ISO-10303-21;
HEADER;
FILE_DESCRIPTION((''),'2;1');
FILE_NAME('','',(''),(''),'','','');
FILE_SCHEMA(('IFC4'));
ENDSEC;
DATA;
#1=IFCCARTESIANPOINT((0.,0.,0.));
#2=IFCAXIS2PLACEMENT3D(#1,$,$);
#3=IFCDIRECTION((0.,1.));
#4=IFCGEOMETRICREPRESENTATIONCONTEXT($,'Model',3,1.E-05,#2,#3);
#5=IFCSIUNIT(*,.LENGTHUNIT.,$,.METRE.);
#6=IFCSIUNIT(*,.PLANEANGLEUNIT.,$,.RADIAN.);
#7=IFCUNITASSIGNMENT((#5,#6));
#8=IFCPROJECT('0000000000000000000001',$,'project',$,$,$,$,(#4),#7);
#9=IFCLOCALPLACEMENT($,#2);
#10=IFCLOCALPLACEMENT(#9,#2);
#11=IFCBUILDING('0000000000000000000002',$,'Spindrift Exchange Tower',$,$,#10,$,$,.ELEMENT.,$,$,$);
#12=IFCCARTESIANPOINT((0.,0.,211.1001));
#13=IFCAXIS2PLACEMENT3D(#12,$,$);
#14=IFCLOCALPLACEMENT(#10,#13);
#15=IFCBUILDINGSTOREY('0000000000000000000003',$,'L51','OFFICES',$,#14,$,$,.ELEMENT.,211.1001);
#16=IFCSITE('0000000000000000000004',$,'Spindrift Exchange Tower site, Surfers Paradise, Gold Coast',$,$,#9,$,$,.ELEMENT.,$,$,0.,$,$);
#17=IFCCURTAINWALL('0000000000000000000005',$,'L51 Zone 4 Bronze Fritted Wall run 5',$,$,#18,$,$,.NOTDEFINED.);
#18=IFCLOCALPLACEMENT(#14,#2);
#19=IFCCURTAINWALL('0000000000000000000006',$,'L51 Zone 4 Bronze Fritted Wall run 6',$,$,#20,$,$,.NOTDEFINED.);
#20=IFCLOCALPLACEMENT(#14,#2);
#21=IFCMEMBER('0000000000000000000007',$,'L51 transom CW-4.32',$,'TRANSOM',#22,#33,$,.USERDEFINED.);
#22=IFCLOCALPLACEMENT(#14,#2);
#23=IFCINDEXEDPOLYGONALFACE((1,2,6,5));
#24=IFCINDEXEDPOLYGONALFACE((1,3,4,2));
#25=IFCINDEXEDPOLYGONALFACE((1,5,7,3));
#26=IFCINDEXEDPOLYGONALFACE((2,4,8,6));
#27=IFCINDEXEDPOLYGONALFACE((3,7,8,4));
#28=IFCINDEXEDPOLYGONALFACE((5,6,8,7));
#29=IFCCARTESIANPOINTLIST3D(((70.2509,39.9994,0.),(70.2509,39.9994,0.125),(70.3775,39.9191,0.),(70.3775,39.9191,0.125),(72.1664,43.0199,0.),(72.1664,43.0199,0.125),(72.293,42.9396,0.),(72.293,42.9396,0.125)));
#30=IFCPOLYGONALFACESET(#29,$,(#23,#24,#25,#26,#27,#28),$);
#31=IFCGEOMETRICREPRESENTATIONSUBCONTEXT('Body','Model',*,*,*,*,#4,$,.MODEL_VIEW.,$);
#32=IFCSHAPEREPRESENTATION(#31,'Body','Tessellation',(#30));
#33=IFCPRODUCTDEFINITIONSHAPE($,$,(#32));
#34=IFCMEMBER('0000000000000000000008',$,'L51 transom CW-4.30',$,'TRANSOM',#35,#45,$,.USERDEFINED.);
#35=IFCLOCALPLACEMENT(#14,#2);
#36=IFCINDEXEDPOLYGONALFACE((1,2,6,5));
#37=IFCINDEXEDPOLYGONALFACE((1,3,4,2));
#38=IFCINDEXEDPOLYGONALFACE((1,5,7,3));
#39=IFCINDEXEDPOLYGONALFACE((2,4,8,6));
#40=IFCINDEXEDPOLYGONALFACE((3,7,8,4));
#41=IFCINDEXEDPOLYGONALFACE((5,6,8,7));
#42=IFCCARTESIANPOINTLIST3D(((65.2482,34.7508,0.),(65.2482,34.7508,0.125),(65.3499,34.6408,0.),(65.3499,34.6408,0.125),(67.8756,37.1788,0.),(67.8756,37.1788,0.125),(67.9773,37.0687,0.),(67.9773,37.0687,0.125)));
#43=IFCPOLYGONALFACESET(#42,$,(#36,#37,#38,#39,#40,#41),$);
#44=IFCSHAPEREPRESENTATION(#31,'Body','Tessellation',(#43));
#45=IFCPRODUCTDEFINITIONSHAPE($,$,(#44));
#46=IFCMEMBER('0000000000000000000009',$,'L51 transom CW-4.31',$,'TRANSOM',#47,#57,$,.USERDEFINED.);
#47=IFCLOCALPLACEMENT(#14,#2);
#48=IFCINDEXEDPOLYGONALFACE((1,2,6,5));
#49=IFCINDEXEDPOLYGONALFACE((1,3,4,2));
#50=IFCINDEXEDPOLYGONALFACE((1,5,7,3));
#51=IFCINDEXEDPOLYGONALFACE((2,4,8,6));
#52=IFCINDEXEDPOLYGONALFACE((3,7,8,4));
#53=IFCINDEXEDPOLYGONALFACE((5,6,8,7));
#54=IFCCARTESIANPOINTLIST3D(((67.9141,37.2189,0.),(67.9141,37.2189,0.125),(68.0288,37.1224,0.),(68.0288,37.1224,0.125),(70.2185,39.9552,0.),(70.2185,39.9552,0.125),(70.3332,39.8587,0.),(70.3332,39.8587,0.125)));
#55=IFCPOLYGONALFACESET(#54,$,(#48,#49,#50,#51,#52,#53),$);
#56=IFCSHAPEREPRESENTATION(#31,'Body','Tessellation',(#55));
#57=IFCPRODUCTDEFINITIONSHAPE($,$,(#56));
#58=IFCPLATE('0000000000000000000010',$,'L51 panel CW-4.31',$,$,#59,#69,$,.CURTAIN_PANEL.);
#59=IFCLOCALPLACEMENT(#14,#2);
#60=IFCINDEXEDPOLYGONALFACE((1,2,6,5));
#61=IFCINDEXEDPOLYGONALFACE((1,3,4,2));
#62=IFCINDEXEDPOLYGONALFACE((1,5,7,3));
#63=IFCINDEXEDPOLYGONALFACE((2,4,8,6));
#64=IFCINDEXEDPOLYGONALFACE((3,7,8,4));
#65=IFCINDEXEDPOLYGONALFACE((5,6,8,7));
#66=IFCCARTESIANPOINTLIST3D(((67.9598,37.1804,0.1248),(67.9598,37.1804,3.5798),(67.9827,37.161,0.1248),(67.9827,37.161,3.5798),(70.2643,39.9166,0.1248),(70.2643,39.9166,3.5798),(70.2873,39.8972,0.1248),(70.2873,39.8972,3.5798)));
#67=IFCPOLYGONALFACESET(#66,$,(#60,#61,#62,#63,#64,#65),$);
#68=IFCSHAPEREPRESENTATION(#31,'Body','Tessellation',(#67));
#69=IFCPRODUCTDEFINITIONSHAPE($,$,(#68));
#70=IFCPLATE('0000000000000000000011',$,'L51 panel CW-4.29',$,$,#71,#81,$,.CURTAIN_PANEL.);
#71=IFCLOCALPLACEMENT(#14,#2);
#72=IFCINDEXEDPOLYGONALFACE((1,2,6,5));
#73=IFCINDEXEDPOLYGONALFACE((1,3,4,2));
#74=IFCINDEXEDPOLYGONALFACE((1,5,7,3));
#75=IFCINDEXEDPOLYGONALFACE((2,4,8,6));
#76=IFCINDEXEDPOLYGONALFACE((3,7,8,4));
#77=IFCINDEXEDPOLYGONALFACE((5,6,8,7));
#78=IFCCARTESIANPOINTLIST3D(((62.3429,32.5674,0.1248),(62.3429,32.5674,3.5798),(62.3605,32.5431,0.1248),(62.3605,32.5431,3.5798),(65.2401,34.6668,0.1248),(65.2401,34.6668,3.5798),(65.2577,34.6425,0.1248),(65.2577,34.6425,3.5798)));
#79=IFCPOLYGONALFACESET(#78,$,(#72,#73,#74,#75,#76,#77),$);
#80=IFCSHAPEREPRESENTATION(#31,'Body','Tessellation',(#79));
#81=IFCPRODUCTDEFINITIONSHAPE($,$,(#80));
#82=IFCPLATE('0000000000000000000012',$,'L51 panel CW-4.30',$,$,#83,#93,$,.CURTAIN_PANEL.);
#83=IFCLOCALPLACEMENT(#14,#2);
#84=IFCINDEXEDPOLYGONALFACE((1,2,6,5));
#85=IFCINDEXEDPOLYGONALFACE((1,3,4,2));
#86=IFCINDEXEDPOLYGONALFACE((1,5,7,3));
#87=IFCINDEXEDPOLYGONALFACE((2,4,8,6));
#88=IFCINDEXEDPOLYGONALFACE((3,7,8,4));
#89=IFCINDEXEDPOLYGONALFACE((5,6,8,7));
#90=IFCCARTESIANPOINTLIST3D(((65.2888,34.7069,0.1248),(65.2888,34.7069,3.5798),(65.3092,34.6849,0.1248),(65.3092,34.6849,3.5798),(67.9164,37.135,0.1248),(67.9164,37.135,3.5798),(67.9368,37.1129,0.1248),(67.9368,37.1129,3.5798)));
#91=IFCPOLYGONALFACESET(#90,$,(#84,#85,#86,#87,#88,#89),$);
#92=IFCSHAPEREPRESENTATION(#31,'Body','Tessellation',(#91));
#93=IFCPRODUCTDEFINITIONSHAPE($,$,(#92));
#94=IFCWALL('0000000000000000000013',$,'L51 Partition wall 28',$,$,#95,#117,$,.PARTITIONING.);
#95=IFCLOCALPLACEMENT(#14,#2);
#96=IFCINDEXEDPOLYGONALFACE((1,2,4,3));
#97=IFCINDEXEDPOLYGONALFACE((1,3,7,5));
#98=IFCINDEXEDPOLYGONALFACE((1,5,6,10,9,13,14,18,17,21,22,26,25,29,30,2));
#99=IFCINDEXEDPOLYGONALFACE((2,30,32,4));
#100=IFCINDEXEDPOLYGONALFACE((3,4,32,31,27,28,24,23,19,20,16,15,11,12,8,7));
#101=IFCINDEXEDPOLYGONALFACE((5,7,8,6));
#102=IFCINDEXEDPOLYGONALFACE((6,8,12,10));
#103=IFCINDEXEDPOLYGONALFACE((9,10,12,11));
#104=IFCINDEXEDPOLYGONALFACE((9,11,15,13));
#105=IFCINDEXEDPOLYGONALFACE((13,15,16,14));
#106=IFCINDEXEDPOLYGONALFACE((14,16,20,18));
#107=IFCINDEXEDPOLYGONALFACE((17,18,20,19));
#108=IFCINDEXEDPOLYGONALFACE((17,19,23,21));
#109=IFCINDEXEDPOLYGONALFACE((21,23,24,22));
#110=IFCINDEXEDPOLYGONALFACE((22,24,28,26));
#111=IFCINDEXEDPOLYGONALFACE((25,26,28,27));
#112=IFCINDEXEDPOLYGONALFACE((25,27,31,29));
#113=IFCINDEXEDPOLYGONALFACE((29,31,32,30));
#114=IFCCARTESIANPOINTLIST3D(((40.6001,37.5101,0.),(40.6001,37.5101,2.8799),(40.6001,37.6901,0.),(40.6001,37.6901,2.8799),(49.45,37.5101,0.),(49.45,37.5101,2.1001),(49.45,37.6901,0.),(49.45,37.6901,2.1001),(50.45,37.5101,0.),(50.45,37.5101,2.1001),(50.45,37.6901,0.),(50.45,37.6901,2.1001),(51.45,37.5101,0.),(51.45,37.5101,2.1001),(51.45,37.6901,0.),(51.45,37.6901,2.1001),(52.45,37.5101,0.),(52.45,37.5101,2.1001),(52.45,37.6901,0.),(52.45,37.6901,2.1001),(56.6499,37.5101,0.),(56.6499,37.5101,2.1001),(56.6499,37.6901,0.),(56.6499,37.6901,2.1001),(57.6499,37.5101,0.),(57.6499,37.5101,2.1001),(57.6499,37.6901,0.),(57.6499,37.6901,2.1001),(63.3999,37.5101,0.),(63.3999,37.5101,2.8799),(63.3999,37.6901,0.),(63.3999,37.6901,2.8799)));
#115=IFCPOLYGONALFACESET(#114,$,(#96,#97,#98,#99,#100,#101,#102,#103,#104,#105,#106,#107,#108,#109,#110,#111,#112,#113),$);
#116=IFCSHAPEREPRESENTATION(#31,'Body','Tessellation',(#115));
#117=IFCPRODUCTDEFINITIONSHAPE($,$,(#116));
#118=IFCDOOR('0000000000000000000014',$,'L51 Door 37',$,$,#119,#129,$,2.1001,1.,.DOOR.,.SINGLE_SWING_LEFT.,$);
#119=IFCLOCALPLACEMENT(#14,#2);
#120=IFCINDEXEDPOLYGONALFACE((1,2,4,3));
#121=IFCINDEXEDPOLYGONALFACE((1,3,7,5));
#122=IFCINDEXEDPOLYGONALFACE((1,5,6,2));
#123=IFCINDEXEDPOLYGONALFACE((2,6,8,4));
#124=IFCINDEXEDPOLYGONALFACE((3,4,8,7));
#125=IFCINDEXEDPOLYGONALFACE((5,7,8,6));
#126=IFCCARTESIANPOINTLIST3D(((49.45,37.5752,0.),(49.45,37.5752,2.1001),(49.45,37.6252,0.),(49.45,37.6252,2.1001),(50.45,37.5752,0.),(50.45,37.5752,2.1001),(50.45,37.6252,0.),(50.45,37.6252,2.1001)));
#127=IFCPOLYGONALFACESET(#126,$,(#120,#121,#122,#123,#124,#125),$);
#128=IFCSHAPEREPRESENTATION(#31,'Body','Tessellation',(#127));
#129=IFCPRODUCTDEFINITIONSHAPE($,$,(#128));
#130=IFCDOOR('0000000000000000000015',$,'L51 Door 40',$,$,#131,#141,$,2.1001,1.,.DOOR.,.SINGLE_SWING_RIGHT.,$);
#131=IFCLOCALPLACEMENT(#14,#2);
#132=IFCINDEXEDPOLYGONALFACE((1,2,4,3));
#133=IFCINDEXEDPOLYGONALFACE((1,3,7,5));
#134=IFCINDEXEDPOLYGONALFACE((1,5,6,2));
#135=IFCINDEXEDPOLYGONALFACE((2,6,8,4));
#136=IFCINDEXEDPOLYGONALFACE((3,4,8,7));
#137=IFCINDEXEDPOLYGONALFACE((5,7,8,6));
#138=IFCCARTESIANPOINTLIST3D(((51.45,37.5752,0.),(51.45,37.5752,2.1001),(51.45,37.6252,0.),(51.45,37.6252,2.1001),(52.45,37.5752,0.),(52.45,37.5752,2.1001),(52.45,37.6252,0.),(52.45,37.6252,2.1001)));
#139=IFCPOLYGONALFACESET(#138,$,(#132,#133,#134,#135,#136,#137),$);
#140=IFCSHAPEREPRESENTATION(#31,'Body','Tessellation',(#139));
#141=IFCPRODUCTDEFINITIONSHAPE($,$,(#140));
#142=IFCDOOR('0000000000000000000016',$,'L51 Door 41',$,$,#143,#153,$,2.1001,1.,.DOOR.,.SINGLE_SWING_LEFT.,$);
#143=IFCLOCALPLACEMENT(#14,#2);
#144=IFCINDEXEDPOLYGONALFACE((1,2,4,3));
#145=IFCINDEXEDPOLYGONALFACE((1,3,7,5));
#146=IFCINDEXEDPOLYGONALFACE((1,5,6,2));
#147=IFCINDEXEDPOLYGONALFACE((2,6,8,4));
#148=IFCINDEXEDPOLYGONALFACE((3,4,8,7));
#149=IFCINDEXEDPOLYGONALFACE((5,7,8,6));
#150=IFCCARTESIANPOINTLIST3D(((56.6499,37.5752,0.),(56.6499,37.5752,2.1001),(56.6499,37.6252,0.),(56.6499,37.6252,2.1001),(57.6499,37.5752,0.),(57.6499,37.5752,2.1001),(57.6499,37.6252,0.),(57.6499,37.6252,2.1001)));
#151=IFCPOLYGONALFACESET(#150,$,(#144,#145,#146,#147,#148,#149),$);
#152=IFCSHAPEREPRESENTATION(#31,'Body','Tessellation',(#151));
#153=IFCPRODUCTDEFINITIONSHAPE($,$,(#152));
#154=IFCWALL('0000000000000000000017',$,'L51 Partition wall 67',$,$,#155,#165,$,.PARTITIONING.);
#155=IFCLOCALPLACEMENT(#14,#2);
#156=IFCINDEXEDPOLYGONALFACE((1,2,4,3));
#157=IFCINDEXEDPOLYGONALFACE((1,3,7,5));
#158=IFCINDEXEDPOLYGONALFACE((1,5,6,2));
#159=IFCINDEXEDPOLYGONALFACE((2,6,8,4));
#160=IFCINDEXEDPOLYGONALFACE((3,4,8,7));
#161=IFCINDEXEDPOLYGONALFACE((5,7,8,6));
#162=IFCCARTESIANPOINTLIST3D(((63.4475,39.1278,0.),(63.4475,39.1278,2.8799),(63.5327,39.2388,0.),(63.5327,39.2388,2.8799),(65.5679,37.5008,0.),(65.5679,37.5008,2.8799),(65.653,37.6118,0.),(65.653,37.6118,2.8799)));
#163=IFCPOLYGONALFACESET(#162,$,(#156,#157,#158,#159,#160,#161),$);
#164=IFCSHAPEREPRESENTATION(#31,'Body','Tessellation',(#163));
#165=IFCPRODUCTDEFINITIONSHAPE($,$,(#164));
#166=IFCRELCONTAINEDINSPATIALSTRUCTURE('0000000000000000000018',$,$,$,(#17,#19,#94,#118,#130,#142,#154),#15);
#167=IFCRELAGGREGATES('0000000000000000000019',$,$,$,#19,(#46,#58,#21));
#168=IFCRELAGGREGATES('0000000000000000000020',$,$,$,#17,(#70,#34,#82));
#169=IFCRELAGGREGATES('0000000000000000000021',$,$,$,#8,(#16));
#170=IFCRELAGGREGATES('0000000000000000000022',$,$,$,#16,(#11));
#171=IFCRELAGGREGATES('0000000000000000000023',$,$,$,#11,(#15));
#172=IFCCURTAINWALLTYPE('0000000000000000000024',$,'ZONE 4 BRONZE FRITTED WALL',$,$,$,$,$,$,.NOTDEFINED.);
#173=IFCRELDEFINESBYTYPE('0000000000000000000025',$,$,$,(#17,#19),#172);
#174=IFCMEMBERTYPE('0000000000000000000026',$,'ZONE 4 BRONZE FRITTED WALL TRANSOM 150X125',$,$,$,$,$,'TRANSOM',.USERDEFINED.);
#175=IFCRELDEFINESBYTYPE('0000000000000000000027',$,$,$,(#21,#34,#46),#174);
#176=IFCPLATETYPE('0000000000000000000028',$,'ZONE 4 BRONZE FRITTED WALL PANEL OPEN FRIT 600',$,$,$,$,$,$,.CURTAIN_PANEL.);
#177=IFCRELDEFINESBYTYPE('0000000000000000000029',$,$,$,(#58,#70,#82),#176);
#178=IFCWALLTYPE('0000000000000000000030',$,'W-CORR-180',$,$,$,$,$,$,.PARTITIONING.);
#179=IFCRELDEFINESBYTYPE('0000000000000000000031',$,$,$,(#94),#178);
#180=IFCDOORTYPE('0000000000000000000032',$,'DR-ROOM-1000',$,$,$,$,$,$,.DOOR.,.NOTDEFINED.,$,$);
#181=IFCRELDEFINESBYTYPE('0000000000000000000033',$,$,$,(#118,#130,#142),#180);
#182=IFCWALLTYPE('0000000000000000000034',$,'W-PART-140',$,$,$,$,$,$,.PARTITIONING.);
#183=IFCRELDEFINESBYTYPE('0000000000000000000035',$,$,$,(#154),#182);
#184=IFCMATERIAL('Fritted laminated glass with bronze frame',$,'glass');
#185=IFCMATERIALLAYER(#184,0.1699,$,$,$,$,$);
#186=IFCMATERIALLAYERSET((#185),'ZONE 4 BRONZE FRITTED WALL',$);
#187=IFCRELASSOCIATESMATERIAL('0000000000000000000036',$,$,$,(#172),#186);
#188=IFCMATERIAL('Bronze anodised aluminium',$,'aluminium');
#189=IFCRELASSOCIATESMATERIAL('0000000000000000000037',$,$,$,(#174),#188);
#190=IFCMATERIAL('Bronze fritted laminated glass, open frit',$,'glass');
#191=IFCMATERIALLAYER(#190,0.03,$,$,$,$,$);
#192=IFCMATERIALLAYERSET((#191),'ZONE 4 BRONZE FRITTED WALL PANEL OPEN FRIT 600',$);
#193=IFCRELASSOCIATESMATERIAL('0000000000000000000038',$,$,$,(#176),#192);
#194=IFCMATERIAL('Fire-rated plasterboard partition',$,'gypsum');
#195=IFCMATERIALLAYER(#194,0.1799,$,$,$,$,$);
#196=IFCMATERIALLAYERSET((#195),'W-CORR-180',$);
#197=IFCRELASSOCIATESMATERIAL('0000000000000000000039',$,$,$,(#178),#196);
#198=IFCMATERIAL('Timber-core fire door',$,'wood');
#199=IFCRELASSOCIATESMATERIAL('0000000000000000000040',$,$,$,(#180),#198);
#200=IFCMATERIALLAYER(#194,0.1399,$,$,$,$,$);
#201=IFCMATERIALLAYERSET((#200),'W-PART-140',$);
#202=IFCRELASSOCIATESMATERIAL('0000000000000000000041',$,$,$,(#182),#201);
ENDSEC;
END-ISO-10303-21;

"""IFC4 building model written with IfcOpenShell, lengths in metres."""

from ifc_helpers import new_model, si_unit, direction, frame, frame_2d, origin, origin_2d, place, context, subcontext, project, spatial, rectangle, extrude, source, transform, mapped, material, layer, layer_set, material_profile, profile_set, type_object, element, fill, aggregate, save


model = new_model("IFC4")

# Units and contexts
model_context = context("Model", 3, precision=1e-05, world=origin(), true_north=direction((0.0, 1.0)))
body_context = subcontext(model_context, "Body", "Model", "MODEL_VIEW")
ifc_project = project(units=[si_unit("LENGTHUNIT", "METRE"), si_unit("PLANEANGLEUNIT", "RADIAN")], contexts=[model_context])

# Site, building, storey
site_placement = place(None, origin())
site = spatial("IfcSite", under=ifc_project, at=site_placement, Name="Spindrift Exchange Tower site, Surfers Paradise, Gold Coast", CompositionType="ELEMENT", RefElevation=0.0)
building_placement = place(site_placement, origin())
building = spatial("IfcBuilding", under=site, at=building_placement, Name="Spindrift Exchange Tower", CompositionType="ELEMENT")
storey_placement = place(building_placement, frame((0.0, 0.0, 211.1001)))
storey = spatial("IfcBuildingStorey", under=building, at=storey_placement, Name="L51", Description="OFFICES", CompositionType="ELEMENT", Elevation=211.1001)

# Curtain wall
ifc_material_1 = material(Name="Fritted laminated glass with bronze frame", Category="glass")
ifc_layer_1 = layer(ifc_material_1, 0.1699)
ifc_layer_set_1 = layer_set([ifc_layer_1], Name="ZONE 4 BRONZE FRITTED WALL")
curtain_wall_type = type_object("IfcCurtainWallType", Name="ZONE 4 BRONZE FRITTED WALL", PredefinedType="NOTDEFINED", material=ifc_layer_set_1)
curtain_wall_1_placement = place(storey_placement, origin())
curtain_wall_1 = element("IfcCurtainWall", 1, at=curtain_wall_1_placement, inside=storey, type_object=curtain_wall_type, Name="L51 Zone 4 Bronze Fritted Wall run 5", PredefinedType="NOTDEFINED")
ifc_material_2 = material(Name="Bronze anodised aluminium", Category="aluminium")

# Curtain wall, member
curtain_wall_2_placement = place(storey_placement, origin())
curtain_wall_2 = element("IfcCurtainWall", 2, at=curtain_wall_2_placement, inside=storey, type_object=curtain_wall_type, Name="L51 Zone 4 Bronze Fritted Wall run 6", PredefinedType="NOTDEFINED")
ifc_material_profile_1 = material_profile(ifc_material_2, rectangle(XDim=0.1499, YDim=0.125, at=origin_2d()), Name="ZONE 4 BRONZE FRITTED WALL TRANSOM 150X125")
ifc_profile_set_1 = profile_set([ifc_material_profile_1], Name="Bronze anodised aluminium")
member_type_1 = type_object("IfcMemberType", Name="ZONE 4 BRONZE FRITTED WALL TRANSOM 150X125", ElementType="TRANSOM", PredefinedType="USERDEFINED", material=ifc_profile_set_1)
shared_shape_1 = source(origin(), body_context, "Body", "SweptSolid", [
    extrude(rectangle(XDim=0.1499, YDim=0.125, at=origin_2d()), origin(), (0.0, 0.0, 1.0), 3.5767),
])
member_1_placement = place(storey_placement, frame((70.3142, 39.9592, 0.0625), z_axis=(0.535559, 0.844498, 0.0), x_axis=(-0.844498, 0.535559, 0.0)))
member_1 = element("IfcMember", 3, at=member_1_placement, type_object=member_type_1, Name="L51 transom CW-4.32", ObjectType="TRANSOM", PredefinedType="USERDEFINED", context=body_context, shape_type="MappedRepresentation", body=[
    mapped(shared_shape_1, transform((0.0, 0.0, 0.0), scale=1.0)),
])

# Members
shared_shape_2 = source(origin(), body_context, "Body", "SweptSolid", [
    extrude(rectangle(XDim=0.1499, YDim=0.125, at=origin_2d()), origin(), (0.0, 0.0, 1.0), 3.5774),
])
member_2_placement = place(storey_placement, frame((65.2991, 34.6958, 0.0625), z_axis=(0.734434, 0.67868, 0.0), x_axis=(-0.67868, 0.734434, 0.0)))
member_2 = element("IfcMember", 4, at=member_2_placement, type_object=member_type_1, Name="L51 transom CW-4.30", ObjectType="TRANSOM", PredefinedType="USERDEFINED", context=body_context, shape_type="MappedRepresentation", body=[
    mapped(shared_shape_2, transform((0.0, 0.0, 0.0), scale=1.0)),
])
member_3_placement = place(storey_placement, frame((67.9714, 37.1707, 0.0625), z_axis=(0.644163, 0.764888, 0.0), x_axis=(-0.764888, 0.644163, 0.0)))
member_3 = element("IfcMember", 5, at=member_3_placement, type_object=member_type_1, Name="L51 transom CW-4.31", ObjectType="TRANSOM", PredefinedType="USERDEFINED", context=body_context, shape_type="MappedRepresentation", body=[
    mapped(shared_shape_2, transform((0.0, 0.0, 0.0), scale=1.0)),
])

# Plates
ifc_material_3 = material(Name="Bronze fritted laminated glass, open frit", Category="glass")
ifc_layer_2 = layer(ifc_material_3, 0.03)
ifc_layer_set_2 = layer_set([ifc_layer_2], Name="ZONE 4 BRONZE FRITTED WALL PANEL OPEN FRIT 600")
plate_type = type_object("IfcPlateType", Name="ZONE 4 BRONZE FRITTED WALL PANEL OPEN FRIT 600", PredefinedType="CURTAIN_PANEL", material=ifc_layer_set_2)
shared_shape_3 = source(origin(), body_context, "Body", "SweptSolid", [
    extrude(rectangle(XDim=3.5774, YDim=0.03, at=origin_2d()), origin(), (0.0, 0.0, 1.0), 3.4551),
])
plate_1_placement = place(storey_placement, frame((69.1235, 38.5388, 0.1248), z_axis=(0.0, 0.0, 1.0), x_axis=(0.644197, 0.76486, 0.0)))
plate_1 = element("IfcPlate", 6, at=plate_1_placement, type_object=plate_type, Name="L51 panel CW-4.31", PredefinedType="CURTAIN_PANEL", context=body_context, shape_type="MappedRepresentation", body=[
    mapped(shared_shape_3, transform((0.0, 0.0, 0.0), scale=1.0)),
])
aggregate(curtain_wall_2, [member_3, plate_1, member_1])
shared_shape_4 = source(origin(), body_context, "Body", "SweptSolid", [
    extrude(rectangle(XDim=3.5779, YDim=0.03, at=origin_2d()), origin(), (0.0, 0.0, 1.0), 3.4551),
])
plate_2_placement = place(storey_placement, frame((63.8003, 33.605, 0.1248), z_axis=(0.0, 0.0, 1.0), x_axis=(0.809755, 0.586768, 0.0)))
plate_2 = element("IfcPlate", 7, at=plate_2_placement, type_object=plate_type, Name="L51 panel CW-4.29", PredefinedType="CURTAIN_PANEL", context=body_context, shape_type="MappedRepresentation", body=[
    mapped(shared_shape_4, transform((0.0, 0.0, 0.0), scale=1.0)),
])
shared_shape_5 = source(origin(), body_context, "Body", "SweptSolid", [
    extrude(rectangle(XDim=3.5776, YDim=0.03, at=origin_2d()), origin(), (0.0, 0.0, 1.0), 3.4551),
])
plate_3_placement = place(storey_placement, frame((66.6128, 35.9099, 0.1248), z_axis=(0.0, 0.0, 1.0), x_axis=(0.734435, 0.678679, 0.0)))
plate_3 = element("IfcPlate", 8, at=plate_3_placement, type_object=plate_type, Name="L51 panel CW-4.30", PredefinedType="CURTAIN_PANEL", context=body_context, shape_type="MappedRepresentation", body=[
    mapped(shared_shape_5, transform((0.0, 0.0, 0.0), scale=1.0)),
])
aggregate(curtain_wall_1, [plate_2, member_2, plate_3])

# Wall, openings, doors
ifc_material_4 = material(Name="Fire-rated plasterboard partition", Category="gypsum")
ifc_layer_3 = layer(ifc_material_4, 0.1799)
ifc_layer_set_3 = layer_set([ifc_layer_3], Name="W-CORR-180")
wall_type_1 = type_object("IfcWallType", Name="W-CORR-180", PredefinedType="PARTITIONING", material=ifc_layer_set_3)
wall_1_placement = place(storey_placement, frame((63.3999, 37.6001, 0.0), z_axis=(0.0, 0.0, 1.0), x_axis=(-1.0, 0.0, 0.0)))
wall_1 = element("IfcWall", 9, at=wall_1_placement, inside=storey, type_object=wall_type_1, Name="L51 Partition wall 28", PredefinedType="PARTITIONING", context=body_context, shape_type="SweptSolid", body=[
    extrude(rectangle(XDim=22.7998, YDim=0.1799, at=frame_2d((11.3999, 0.0))), origin(), (0.0, 0.0, 1.0), 2.8799),
])
opening_1_placement = place(wall_1_placement, frame((12.95, 0.0, 0.0)))
opening_1 = element("IfcOpeningElement", 10, at=opening_1_placement, cuts=wall_1, PredefinedType="OPENING", context=body_context, shape_type="SweptSolid", body=[
    extrude(rectangle(XDim=1.0, YDim=2.1001, at=frame_2d((0.5, 1.05))), frame((0.0, 0.0999, 0.0), z_axis=(0.0, -1.0, 0.0), x_axis=(1.0, 0.0, 0.0)), (0.0, 0.0, 1.0), 0.2),
])
opening_2_placement = place(wall_1_placement, frame((10.95, 0.0, 0.0)))
opening_2 = element("IfcOpeningElement", 11, at=opening_2_placement, cuts=wall_1, PredefinedType="OPENING", context=body_context, shape_type="SweptSolid", body=[
    extrude(rectangle(XDim=1.0, YDim=2.1001, at=frame_2d((0.5, 1.05))), frame((0.0, 0.0999, 0.0), z_axis=(0.0, -1.0, 0.0), x_axis=(1.0, 0.0, 0.0)), (0.0, 0.0, 1.0), 0.2),
])
opening_3_placement = place(wall_1_placement, frame((5.75, 0.0, 0.0)))
opening_3 = element("IfcOpeningElement", 12, at=opening_3_placement, cuts=wall_1, PredefinedType="OPENING", context=body_context, shape_type="SweptSolid", body=[
    extrude(rectangle(XDim=1.0, YDim=2.1001, at=frame_2d((0.5, 1.05))), frame((0.0, 0.0999, 0.0), z_axis=(0.0, -1.0, 0.0), x_axis=(1.0, 0.0, 0.0)), (0.0, 0.0, 1.0), 0.2),
])
ifc_material_5 = material(Name="Timber-core fire door", Category="wood")
door_type = type_object("IfcDoorType", Name="DR-ROOM-1000", OperationType="NOTDEFINED", PredefinedType="DOOR", material=ifc_material_5)
shared_shape_6 = source(origin(), body_context, "Body", "SweptSolid", [
    extrude(rectangle(XDim=1.0, YDim=2.1001, at=frame_2d((0.5, 1.05))), frame((0.0, 0.0249, 0.0), z_axis=(0.0, -1.0, 0.0), x_axis=(1.0, 0.0, 0.0)), (0.0, 0.0, 1.0), 0.05),
])
door_1_placement = place(opening_1_placement, origin())
door_1 = element("IfcDoor", 13, at=door_1_placement, inside=storey, type_object=door_type, Name="L51 Door 37", OperationType="SINGLE_SWING_LEFT", OverallHeight=2.1001, OverallWidth=1.0, PredefinedType="DOOR", context=body_context, shape_type="MappedRepresentation", body=[
    mapped(shared_shape_6, transform((0.0, 0.0, 0.0), scale=1.0)),
])
fill(opening_1, door_1)
door_2_placement = place(opening_2_placement, origin())
door_2 = element("IfcDoor", 14, at=door_2_placement, inside=storey, type_object=door_type, Name="L51 Door 40", OperationType="SINGLE_SWING_RIGHT", OverallHeight=2.1001, OverallWidth=1.0, PredefinedType="DOOR", context=body_context, shape_type="MappedRepresentation", body=[
    mapped(shared_shape_6, transform((0.0, 0.0, 0.0), scale=1.0)),
])
fill(opening_2, door_2)
door_3_placement = place(opening_3_placement, origin())
door_3 = element("IfcDoor", 15, at=door_3_placement, inside=storey, type_object=door_type, Name="L51 Door 41", OperationType="SINGLE_SWING_LEFT", OverallHeight=2.1001, OverallWidth=1.0, PredefinedType="DOOR", context=body_context, shape_type="MappedRepresentation", body=[
    mapped(shared_shape_6, transform((0.0, 0.0, 0.0), scale=1.0)),
])
fill(opening_3, door_3)

# Wall
ifc_layer_4 = layer(ifc_material_4, 0.1399)
ifc_layer_set_4 = layer_set([ifc_layer_4], Name="W-PART-140")
wall_type_2 = type_object("IfcWallType", Name="W-PART-140", PredefinedType="PARTITIONING", material=ifc_layer_set_4)
wall_2_placement = place(storey_placement, frame((63.49, 39.1833, 0.0), z_axis=(0.0, 0.0, 1.0), x_axis=(0.793364, -0.608748, 0.0)))
element("IfcWall", 16, at=wall_2_placement, inside=storey, type_object=wall_type_2, Name="L51 Partition wall 67", PredefinedType="PARTITIONING", context=body_context, shape_type="SweptSolid", body=[
    extrude(rectangle(XDim=2.6726, YDim=0.1399, at=frame_2d((1.3364, 0.0))), origin(), (0.0, 0.0, 1.0), 2.8799),
])

save(model, "model.ifc")
